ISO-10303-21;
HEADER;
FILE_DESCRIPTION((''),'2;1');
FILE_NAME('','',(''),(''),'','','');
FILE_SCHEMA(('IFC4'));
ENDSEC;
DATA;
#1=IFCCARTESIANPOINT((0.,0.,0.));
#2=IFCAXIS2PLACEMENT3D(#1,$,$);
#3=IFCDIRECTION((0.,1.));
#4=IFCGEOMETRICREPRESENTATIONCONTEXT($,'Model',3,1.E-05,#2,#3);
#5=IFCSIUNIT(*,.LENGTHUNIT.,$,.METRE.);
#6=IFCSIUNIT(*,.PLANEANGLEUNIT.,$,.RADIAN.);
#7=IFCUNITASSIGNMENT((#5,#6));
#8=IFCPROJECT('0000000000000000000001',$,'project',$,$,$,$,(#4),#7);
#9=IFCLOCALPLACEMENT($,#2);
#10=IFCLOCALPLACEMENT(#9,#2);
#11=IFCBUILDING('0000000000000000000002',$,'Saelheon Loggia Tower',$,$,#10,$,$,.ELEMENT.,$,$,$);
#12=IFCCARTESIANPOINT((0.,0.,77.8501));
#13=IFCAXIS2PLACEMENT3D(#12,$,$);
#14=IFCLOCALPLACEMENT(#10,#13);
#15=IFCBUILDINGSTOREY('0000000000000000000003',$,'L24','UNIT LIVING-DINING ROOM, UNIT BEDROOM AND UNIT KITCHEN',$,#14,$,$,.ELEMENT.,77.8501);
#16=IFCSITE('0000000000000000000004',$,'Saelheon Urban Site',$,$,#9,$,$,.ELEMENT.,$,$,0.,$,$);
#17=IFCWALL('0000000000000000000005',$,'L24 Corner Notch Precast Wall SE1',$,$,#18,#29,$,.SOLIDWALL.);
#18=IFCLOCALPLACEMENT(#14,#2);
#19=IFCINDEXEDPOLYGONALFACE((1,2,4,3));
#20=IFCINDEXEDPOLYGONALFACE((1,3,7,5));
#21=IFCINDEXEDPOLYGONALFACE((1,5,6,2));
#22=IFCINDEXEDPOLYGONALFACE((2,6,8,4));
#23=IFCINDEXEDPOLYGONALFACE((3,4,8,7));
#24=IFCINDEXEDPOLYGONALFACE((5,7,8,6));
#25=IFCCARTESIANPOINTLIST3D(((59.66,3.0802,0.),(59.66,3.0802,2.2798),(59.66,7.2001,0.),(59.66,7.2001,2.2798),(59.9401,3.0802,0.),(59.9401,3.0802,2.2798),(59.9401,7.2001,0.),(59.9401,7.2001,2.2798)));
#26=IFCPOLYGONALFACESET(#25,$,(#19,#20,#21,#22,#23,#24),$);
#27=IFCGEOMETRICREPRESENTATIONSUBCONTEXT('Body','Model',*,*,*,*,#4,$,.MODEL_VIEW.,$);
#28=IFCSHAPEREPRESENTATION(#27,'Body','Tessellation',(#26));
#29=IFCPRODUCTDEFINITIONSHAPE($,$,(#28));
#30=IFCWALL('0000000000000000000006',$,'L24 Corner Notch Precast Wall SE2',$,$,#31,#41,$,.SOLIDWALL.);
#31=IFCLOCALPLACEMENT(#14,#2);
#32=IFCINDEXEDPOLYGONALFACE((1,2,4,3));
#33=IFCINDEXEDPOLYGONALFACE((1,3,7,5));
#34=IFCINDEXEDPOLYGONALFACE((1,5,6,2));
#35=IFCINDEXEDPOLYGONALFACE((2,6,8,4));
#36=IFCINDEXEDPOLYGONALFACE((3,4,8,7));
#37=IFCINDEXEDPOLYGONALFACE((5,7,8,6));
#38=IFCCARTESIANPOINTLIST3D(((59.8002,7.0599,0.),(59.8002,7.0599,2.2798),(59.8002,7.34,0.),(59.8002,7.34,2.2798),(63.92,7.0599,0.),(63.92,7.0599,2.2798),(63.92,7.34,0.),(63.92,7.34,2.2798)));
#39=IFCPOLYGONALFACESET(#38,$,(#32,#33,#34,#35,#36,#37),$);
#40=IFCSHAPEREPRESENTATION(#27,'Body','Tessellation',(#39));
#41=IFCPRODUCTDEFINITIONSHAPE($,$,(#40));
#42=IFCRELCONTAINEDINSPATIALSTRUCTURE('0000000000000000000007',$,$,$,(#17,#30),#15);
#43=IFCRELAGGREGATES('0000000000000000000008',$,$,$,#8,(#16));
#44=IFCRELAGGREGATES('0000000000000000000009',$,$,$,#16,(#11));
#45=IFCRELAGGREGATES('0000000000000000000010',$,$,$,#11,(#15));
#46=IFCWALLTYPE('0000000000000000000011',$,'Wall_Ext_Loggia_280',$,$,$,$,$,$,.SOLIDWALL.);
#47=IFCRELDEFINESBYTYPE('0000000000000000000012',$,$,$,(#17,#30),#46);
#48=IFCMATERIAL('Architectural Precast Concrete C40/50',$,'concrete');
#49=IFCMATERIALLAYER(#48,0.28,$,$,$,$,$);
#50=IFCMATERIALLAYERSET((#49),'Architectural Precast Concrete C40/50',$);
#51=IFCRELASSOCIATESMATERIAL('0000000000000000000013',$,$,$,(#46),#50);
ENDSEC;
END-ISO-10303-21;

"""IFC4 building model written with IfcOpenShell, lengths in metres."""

from ifc_helpers import new_model, si_unit, direction, frame, frame_2d, origin, place, context, subcontext, project, spatial, rectangle, extrude, material, layer, layer_set, type_object, element, save


model = new_model("IFC4")

# Units and contexts
model_context = context("Model", 3, precision=1e-05, world=origin(), true_north=direction((0.0, 1.0)))
body_context = subcontext(model_context, "Body", "Model", "MODEL_VIEW")
ifc_project = project(units=[si_unit("LENGTHUNIT", "METRE"), si_unit("PLANEANGLEUNIT", "RADIAN")], contexts=[model_context])

# Site, building, storey
site_placement = place(None, origin())
site = spatial("IfcSite", under=ifc_project, at=site_placement, Name="Saelheon Urban Site", CompositionType="ELEMENT", RefElevation=0.0)
building_placement = place(site_placement, origin())
building = spatial("IfcBuilding", under=site, at=building_placement, Name="Saelheon Loggia Tower", CompositionType="ELEMENT")
storey_placement = place(building_placement, frame((0.0, 0.0, 77.8501)))
storey = spatial("IfcBuildingStorey", under=building, at=storey_placement, Name="L24", Description="UNIT LIVING-DINING ROOM, UNIT BEDROOM AND UNIT KITCHEN", CompositionType="ELEMENT", Elevation=77.8501)

# Shared definitions
ifc_material_1 = material(Name="Architectural Precast Concrete C40/50", Category="concrete")
ifc_layer = layer(ifc_material_1, 0.28)
ifc_layer_set = layer_set([ifc_layer], Name="Architectural Precast Concrete C40/50")
wall_type = type_object("IfcWallType", Name="Wall_Ext_Loggia_280", PredefinedType="SOLIDWALL", material=ifc_layer_set)

# Walls
for number, where, z_axis, x_axis, name in (
    (1, (59.8, 3.0801, 0.0), (0.0, 0.0, 1.0), (0.0, 1.0, 0.0), "L24 Corner Notch Precast Wall SE1"),
    (2, (59.8, 7.2, 0.0), (0.0, 0.0, 1.0), (1.0, 0.0, 0.0), "L24 Corner Notch Precast Wall SE2"),
):
    element("IfcWall", number, at=place(storey_placement, frame(where, z_axis=z_axis, x_axis=x_axis)), inside=storey, type_object=wall_type, Name=name, PredefinedType="SOLIDWALL", context=body_context, shape_type="SweptSolid", body=[
        extrude(rectangle(XDim=4.1199, YDim=0.28, at=frame_2d((2.0601, 0.0))), origin(), (0.0, 0.0, 1.0), 2.2798),
    ])

save(model, "model.ifc")
